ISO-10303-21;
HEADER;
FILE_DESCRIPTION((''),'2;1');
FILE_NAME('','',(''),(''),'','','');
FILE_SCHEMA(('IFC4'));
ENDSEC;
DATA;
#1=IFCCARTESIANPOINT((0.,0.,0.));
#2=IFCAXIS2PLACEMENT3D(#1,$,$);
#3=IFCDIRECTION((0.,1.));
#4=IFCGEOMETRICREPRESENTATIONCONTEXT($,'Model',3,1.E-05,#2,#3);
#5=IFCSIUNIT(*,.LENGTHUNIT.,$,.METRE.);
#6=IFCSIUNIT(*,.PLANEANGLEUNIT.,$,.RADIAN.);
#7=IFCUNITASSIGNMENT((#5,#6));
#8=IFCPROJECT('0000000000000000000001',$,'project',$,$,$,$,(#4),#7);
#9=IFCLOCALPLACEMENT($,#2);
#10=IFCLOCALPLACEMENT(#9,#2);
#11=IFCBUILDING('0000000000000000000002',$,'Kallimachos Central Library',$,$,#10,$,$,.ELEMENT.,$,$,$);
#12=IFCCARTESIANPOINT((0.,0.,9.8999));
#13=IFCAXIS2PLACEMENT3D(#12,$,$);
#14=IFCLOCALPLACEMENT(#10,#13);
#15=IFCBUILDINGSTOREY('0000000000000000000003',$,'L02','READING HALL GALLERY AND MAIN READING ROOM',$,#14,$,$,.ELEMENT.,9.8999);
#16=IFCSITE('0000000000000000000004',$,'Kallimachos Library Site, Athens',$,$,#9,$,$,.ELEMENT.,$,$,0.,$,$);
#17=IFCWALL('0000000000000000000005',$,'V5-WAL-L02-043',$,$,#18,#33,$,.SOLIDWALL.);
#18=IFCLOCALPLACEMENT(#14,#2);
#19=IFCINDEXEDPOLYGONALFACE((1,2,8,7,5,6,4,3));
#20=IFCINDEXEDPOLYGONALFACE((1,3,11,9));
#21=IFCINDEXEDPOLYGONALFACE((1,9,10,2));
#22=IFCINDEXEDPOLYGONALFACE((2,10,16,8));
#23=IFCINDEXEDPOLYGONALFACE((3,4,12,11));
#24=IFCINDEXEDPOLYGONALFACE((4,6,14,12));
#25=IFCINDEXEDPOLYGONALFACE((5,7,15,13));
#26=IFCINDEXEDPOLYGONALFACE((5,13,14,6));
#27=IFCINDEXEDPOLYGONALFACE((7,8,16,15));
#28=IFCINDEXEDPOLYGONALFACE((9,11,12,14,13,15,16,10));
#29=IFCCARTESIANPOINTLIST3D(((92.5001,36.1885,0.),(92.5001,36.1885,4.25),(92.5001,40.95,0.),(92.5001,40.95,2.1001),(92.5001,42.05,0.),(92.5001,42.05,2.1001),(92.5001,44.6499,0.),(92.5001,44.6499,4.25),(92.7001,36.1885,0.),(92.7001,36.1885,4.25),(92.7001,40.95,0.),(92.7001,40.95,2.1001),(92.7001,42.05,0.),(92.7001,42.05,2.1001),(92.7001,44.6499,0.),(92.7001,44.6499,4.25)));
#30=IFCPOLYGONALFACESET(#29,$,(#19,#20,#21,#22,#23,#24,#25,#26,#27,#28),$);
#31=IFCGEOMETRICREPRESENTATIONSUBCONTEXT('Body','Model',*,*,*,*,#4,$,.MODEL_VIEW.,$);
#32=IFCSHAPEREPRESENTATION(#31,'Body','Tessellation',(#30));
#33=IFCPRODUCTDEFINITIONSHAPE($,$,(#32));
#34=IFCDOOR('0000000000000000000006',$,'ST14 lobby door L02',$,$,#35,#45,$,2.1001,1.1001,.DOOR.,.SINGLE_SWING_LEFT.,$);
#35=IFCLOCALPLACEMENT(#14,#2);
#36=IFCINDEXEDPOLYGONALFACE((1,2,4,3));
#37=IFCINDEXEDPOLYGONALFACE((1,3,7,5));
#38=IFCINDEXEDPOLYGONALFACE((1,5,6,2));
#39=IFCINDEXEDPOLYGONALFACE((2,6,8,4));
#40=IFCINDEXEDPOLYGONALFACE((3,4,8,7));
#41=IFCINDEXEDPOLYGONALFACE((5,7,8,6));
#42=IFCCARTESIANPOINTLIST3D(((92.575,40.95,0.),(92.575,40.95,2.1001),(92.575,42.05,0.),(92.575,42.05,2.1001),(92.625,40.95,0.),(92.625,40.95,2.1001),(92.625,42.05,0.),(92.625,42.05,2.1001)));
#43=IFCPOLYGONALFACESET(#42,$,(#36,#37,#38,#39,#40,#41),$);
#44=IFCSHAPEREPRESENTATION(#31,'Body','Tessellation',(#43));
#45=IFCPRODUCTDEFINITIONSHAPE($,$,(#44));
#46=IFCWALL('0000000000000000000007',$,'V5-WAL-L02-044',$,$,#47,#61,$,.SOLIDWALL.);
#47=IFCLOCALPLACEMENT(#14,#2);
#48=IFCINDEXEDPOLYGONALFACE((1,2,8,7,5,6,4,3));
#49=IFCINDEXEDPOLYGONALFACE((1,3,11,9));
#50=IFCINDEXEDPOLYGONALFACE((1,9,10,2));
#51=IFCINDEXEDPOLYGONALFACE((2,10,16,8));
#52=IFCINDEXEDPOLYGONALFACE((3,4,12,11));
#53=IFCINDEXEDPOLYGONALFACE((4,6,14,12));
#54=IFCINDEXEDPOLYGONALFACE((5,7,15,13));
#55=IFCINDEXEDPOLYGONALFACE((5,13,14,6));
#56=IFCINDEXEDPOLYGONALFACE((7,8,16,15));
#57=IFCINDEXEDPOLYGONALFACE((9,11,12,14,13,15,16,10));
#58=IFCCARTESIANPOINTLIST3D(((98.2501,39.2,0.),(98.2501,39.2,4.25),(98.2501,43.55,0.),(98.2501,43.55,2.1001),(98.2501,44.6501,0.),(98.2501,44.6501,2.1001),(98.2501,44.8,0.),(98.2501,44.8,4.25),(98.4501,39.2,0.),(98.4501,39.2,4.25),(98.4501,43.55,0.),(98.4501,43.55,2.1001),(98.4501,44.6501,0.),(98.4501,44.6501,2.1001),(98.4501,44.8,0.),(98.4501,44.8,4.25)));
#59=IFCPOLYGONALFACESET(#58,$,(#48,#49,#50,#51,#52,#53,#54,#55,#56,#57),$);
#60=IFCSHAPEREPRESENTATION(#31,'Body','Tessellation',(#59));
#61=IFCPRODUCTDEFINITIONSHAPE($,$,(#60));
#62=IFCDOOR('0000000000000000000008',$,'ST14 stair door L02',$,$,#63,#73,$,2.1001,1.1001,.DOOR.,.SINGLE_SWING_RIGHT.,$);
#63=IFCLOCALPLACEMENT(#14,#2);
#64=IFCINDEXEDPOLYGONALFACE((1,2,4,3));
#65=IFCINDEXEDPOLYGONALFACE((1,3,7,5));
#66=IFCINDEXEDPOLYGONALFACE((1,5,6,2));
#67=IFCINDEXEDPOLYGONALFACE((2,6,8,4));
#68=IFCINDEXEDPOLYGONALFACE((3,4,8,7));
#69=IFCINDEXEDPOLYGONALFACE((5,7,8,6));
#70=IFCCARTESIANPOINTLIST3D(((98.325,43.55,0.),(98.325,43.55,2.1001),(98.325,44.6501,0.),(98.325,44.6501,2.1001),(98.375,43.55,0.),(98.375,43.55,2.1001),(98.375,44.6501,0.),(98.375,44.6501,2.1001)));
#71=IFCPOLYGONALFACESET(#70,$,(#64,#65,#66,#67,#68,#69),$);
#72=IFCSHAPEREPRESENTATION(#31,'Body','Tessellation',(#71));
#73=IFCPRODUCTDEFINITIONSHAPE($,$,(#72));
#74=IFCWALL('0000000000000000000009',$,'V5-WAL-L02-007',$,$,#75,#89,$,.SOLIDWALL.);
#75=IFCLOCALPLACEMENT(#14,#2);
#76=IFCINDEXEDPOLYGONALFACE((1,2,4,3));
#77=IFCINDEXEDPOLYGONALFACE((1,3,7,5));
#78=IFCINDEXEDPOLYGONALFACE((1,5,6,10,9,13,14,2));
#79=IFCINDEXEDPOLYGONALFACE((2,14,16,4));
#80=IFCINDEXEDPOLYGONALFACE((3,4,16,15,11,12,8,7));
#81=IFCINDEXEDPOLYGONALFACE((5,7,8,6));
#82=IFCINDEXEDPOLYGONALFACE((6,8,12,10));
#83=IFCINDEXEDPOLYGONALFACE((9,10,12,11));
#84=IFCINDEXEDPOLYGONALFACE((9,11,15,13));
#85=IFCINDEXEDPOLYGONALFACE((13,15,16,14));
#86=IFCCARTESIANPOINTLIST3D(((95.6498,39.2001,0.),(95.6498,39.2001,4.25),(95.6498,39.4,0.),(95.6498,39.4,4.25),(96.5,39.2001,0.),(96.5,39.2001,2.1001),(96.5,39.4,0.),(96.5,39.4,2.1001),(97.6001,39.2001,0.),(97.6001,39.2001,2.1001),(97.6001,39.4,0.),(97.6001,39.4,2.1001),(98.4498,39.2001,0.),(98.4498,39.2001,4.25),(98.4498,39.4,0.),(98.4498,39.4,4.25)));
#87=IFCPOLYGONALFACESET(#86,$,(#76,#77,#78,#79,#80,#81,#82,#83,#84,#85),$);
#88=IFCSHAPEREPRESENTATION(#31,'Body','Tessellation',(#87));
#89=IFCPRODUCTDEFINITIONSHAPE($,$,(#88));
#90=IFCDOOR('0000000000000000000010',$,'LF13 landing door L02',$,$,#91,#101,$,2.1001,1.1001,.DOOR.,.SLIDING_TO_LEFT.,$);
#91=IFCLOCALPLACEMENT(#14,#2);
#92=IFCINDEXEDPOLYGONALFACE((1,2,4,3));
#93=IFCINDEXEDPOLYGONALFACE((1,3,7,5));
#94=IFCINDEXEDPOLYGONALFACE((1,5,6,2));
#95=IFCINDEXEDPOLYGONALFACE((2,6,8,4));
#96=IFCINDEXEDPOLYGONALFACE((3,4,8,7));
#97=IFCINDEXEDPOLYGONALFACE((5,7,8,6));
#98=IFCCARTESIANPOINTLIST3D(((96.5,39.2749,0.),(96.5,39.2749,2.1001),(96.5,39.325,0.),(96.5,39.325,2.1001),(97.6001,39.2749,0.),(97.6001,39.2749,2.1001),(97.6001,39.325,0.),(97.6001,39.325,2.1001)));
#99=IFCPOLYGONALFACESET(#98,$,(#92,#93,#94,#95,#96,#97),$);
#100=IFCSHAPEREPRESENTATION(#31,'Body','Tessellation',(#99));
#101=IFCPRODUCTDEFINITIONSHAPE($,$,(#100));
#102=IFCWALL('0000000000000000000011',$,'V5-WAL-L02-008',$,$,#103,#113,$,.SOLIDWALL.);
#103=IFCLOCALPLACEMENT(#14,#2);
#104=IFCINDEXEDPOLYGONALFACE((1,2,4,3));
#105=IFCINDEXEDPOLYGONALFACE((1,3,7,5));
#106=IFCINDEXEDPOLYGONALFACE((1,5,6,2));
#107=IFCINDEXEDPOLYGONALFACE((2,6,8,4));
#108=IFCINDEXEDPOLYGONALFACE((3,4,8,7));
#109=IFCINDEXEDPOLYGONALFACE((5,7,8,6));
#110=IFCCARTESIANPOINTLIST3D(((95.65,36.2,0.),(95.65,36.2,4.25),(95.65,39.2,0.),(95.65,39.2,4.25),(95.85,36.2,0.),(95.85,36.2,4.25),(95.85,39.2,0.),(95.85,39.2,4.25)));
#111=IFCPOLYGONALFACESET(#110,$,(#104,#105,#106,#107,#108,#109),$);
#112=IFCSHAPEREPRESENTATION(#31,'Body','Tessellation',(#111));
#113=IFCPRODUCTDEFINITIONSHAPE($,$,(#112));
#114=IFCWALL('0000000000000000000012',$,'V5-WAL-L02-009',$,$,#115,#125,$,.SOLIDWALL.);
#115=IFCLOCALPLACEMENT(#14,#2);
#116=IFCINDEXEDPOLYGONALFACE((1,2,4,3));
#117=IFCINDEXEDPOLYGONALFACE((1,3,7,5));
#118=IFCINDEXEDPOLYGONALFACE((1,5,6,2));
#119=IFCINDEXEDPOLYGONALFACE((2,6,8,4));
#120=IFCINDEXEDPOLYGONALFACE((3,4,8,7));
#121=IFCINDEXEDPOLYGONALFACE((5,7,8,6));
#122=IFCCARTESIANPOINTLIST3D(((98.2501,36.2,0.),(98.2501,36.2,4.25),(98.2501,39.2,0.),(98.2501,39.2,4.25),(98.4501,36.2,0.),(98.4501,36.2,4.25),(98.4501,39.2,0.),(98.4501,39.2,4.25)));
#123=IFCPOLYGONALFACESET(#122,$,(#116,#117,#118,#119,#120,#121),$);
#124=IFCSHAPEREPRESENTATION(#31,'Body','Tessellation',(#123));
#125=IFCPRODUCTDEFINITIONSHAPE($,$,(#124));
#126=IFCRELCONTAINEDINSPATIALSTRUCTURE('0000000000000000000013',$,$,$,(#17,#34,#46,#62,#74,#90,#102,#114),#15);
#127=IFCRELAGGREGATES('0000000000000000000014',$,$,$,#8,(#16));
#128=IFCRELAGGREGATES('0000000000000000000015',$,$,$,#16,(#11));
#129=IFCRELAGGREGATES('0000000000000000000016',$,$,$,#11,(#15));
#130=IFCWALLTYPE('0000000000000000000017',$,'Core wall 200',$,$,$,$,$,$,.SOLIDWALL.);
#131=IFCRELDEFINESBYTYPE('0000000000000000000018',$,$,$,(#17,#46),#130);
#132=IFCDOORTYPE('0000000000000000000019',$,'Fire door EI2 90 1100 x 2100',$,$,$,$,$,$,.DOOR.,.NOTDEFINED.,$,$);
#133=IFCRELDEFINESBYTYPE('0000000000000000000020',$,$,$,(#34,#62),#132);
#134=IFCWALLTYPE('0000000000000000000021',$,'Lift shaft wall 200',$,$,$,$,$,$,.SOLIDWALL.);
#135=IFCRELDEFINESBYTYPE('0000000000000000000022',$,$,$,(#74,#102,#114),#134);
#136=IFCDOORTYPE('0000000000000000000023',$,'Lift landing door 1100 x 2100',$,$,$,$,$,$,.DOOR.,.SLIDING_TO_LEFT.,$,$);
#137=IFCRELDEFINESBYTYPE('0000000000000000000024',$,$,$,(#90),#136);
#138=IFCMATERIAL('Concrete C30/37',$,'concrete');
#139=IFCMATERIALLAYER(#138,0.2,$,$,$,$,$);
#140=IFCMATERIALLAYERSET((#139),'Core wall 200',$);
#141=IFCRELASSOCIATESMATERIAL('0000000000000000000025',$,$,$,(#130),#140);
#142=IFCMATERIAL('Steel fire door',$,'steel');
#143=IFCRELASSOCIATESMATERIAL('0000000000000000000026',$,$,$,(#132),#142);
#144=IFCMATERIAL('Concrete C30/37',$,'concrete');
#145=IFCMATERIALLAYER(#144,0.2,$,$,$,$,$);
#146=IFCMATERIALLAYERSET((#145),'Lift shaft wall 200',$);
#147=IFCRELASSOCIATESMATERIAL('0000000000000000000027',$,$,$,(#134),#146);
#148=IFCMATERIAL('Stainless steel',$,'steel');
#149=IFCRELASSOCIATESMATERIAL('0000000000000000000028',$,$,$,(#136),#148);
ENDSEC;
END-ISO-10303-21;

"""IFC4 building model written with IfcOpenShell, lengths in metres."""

from ifc_helpers import new_model, si_unit, direction, frame, frame_2d, origin, place, context, subcontext, project, spatial, rectangle, extrude, material, layer, layer_set, type_object, element, fill, save


model = new_model("IFC4")

# Units and contexts
model_context = context("Model", 3, precision=1e-05, world=origin(), true_north=direction((0.0, 1.0)))
body_context = subcontext(model_context, "Body", "Model", "MODEL_VIEW")
ifc_project = project(units=[si_unit("LENGTHUNIT", "METRE"), si_unit("PLANEANGLEUNIT", "RADIAN")], contexts=[model_context])

# Site, building, storey
site_placement = place(None, origin())
site = spatial("IfcSite", under=ifc_project, at=site_placement, Name="Kallimachos Library Site, Athens", CompositionType="ELEMENT", RefElevation=0.0)
building_placement = place(site_placement, origin())
building = spatial("IfcBuilding", under=site, at=building_placement, Name="Kallimachos Central Library", CompositionType="ELEMENT")
storey_placement = place(building_placement, frame((0.0, 0.0, 9.8999)))
storey = spatial("IfcBuildingStorey", under=building, at=storey_placement, Name="L02", Description="READING HALL GALLERY AND MAIN READING ROOM", CompositionType="ELEMENT", Elevation=9.8999)

# Walls, openings, doors
ifc_material_1 = material(Name="Concrete C30/37", Category="concrete")
ifc_layer_1 = layer(ifc_material_1, 0.2)
ifc_layer_set_1 = layer_set([ifc_layer_1], Name="Core wall 200")
wall_type_1 = type_object("IfcWallType", Name="Core wall 200", PredefinedType="SOLIDWALL", material=ifc_layer_set_1)
wall_1_placement = place(storey_placement, frame((92.6001, 36.1885, 0.0), z_axis=(0.0, 0.0, 1.0), x_axis=(0.0, 1.0, 0.0)))
wall_1 = element("IfcWall", 1, at=wall_1_placement, inside=storey, type_object=wall_type_1, Name="V5-WAL-L02-043", PredefinedType="SOLIDWALL", context=body_context, shape_type="SweptSolid", body=[
    extrude(rectangle(XDim=8.4614, YDim=0.2, at=frame_2d((4.2307, 0.0))), origin(), (0.0, 0.0, 1.0), 4.25),
])
opening_1_placement = place(wall_1_placement, frame((4.7615, 0.0, 0.0)))
opening_1 = element("IfcOpeningElement", 2, at=opening_1_placement, cuts=wall_1, PredefinedType="OPENING", context=body_context, shape_type="SweptSolid", body=[
    extrude(rectangle(XDim=1.1001, YDim=2.1001, at=frame_2d((0.55, 1.05))), frame((0.0, 0.1099, 0.0), z_axis=(0.0, -1.0, 0.0), x_axis=(1.0, 0.0, 0.0)), (0.0, 0.0, 1.0), 0.22),
])
ifc_material_2 = material(Name="Steel fire door", Category="steel")
door_type_1 = type_object("IfcDoorType", Name="Fire door EI2 90 1100 x 2100", OperationType="NOTDEFINED", PredefinedType="DOOR", material=ifc_material_2)
door_1_placement = place(opening_1_placement, frame((1.1001, 0.0, 0.0), z_axis=(0.0, 0.0, 1.0), x_axis=(-1.0, 0.0, 0.0)))
door_1 = element("IfcDoor", 3, at=door_1_placement, inside=storey, type_object=door_type_1, Name="ST14 lobby door L02", OperationType="SINGLE_SWING_LEFT", OverallHeight=2.1001, OverallWidth=1.1001, PredefinedType="DOOR", context=body_context, shape_type="SweptSolid", body=[
    extrude(rectangle(XDim=1.1001, YDim=2.1001, at=frame_2d((0.55, 1.05))), frame((0.0, 0.0249, 0.0), z_axis=(0.0, -1.0, 0.0), x_axis=(1.0, 0.0, 0.0)), (0.0, 0.0, 1.0), 0.05),
])
fill(opening_1, door_1)
wall_2_placement = place(storey_placement, frame((98.3501, 39.2, 0.0), z_axis=(0.0, 0.0, 1.0), x_axis=(0.0, 1.0, 0.0)))
wall_2 = element("IfcWall", 4, at=wall_2_placement, inside=storey, type_object=wall_type_1, Name="V5-WAL-L02-044", PredefinedType="SOLIDWALL", context=body_context, shape_type="SweptSolid", body=[
    extrude(rectangle(XDim=5.6001, YDim=0.2, at=frame_2d((2.8, 0.0))), origin(), (0.0, 0.0, 1.0), 4.25),
])
opening_2_placement = place(wall_2_placement, frame((4.3501, 0.0, 0.0)))
opening_2 = element("IfcOpeningElement", 5, at=opening_2_placement, cuts=wall_2, PredefinedType="OPENING", context=body_context, shape_type="SweptSolid", body=[
    extrude(rectangle(XDim=1.1001, YDim=2.1001, at=frame_2d((0.55, 1.05))), frame((0.0, 0.1099, 0.0), z_axis=(0.0, -1.0, 0.0), x_axis=(1.0, 0.0, 0.0)), (0.0, 0.0, 1.0), 0.22),
])
door_2_placement = place(opening_2_placement, frame((1.1001, 0.0, 0.0), z_axis=(0.0, 0.0, 1.0), x_axis=(-1.0, 0.0, 0.0)))
door_2 = element("IfcDoor", 6, at=door_2_placement, inside=storey, type_object=door_type_1, Name="ST14 stair door L02", OperationType="SINGLE_SWING_RIGHT", OverallHeight=2.1001, OverallWidth=1.1001, PredefinedType="DOOR", context=body_context, shape_type="SweptSolid", body=[
    extrude(rectangle(XDim=1.1001, YDim=2.1001, at=frame_2d((0.55, 1.05))), frame((0.0, 0.0249, 0.0), z_axis=(0.0, -1.0, 0.0), x_axis=(1.0, 0.0, 0.0)), (0.0, 0.0, 1.0), 0.05),
])
fill(opening_2, door_2)
ifc_material_3 = material(Name="Concrete C30/37", Category="concrete")
ifc_layer_2 = layer(ifc_material_3, 0.2)
ifc_layer_set_2 = layer_set([ifc_layer_2], Name="Lift shaft wall 200")
wall_type_2 = type_object("IfcWallType", Name="Lift shaft wall 200", PredefinedType="SOLIDWALL", material=ifc_layer_set_2)
wall_3_placement = place(storey_placement, frame((95.6499, 39.3, 0.0), z_axis=(0.0, 0.0, 1.0), x_axis=(1.0, 0.0, 0.0)))
wall_3 = element("IfcWall", 7, at=wall_3_placement, inside=storey, type_object=wall_type_2, Name="V5-WAL-L02-007", PredefinedType="SOLIDWALL", context=body_context, shape_type="SweptSolid", body=[
    extrude(rectangle(XDim=2.8, YDim=0.2, at=frame_2d((1.3999, 0.0))), origin(), (0.0, 0.0, 1.0), 4.25),
])
opening_3_placement = place(wall_3_placement, frame((0.8501, 0.0, 0.0)))
opening_3 = element("IfcOpeningElement", 8, at=opening_3_placement, cuts=wall_3, PredefinedType="OPENING", context=body_context, shape_type="SweptSolid", body=[
    extrude(rectangle(XDim=1.1001, YDim=2.1001, at=frame_2d((0.55, 1.05))), frame((0.0, 0.1099, 0.0), z_axis=(0.0, -1.0, 0.0), x_axis=(1.0, 0.0, 0.0)), (0.0, 0.0, 1.0), 0.22),
])
ifc_material_4 = material(Name="Stainless steel", Category="steel")
door_type_2 = type_object("IfcDoorType", Name="Lift landing door 1100 x 2100", OperationType="SLIDING_TO_LEFT", PredefinedType="DOOR", material=ifc_material_4)
door_3_placement = place(opening_3_placement, origin())
door_3 = element("IfcDoor", 9, at=door_3_placement, inside=storey, type_object=door_type_2, Name="LF13 landing door L02", OperationType="SLIDING_TO_LEFT", OverallHeight=2.1001, OverallWidth=1.1001, PredefinedType="DOOR", context=body_context, shape_type="SweptSolid", body=[
    extrude(rectangle(XDim=1.1001, YDim=2.1001, at=frame_2d((0.55, 1.05))), frame((0.0, 0.0249, 0.0), z_axis=(0.0, -1.0, 0.0), x_axis=(1.0, 0.0, 0.0)), (0.0, 0.0, 1.0), 0.05),
])
fill(opening_3, door_3)

# Walls
for number, where, z_axis, x_axis, name in (
    (10, (95.75, 36.2, 0.0), (0.0, 0.0, 1.0), (0.0, 1.0, 0.0), "V5-WAL-L02-008"),
    (11, (98.3501, 36.2, 0.0), (0.0, 0.0, 1.0), (0.0, 1.0, 0.0), "V5-WAL-L02-009"),
):
    element("IfcWall", number, at=place(storey_placement, frame(where, z_axis=z_axis, x_axis=x_axis)), inside=storey, type_object=wall_type_2, Name=name, PredefinedType="SOLIDWALL", context=body_context, shape_type="SweptSolid", body=[
        extrude(rectangle(XDim=3.0, YDim=0.2, at=frame_2d((1.5, 0.0))), origin(), (0.0, 0.0, 1.0), 4.25),
    ])

save(model, "model.ifc")
